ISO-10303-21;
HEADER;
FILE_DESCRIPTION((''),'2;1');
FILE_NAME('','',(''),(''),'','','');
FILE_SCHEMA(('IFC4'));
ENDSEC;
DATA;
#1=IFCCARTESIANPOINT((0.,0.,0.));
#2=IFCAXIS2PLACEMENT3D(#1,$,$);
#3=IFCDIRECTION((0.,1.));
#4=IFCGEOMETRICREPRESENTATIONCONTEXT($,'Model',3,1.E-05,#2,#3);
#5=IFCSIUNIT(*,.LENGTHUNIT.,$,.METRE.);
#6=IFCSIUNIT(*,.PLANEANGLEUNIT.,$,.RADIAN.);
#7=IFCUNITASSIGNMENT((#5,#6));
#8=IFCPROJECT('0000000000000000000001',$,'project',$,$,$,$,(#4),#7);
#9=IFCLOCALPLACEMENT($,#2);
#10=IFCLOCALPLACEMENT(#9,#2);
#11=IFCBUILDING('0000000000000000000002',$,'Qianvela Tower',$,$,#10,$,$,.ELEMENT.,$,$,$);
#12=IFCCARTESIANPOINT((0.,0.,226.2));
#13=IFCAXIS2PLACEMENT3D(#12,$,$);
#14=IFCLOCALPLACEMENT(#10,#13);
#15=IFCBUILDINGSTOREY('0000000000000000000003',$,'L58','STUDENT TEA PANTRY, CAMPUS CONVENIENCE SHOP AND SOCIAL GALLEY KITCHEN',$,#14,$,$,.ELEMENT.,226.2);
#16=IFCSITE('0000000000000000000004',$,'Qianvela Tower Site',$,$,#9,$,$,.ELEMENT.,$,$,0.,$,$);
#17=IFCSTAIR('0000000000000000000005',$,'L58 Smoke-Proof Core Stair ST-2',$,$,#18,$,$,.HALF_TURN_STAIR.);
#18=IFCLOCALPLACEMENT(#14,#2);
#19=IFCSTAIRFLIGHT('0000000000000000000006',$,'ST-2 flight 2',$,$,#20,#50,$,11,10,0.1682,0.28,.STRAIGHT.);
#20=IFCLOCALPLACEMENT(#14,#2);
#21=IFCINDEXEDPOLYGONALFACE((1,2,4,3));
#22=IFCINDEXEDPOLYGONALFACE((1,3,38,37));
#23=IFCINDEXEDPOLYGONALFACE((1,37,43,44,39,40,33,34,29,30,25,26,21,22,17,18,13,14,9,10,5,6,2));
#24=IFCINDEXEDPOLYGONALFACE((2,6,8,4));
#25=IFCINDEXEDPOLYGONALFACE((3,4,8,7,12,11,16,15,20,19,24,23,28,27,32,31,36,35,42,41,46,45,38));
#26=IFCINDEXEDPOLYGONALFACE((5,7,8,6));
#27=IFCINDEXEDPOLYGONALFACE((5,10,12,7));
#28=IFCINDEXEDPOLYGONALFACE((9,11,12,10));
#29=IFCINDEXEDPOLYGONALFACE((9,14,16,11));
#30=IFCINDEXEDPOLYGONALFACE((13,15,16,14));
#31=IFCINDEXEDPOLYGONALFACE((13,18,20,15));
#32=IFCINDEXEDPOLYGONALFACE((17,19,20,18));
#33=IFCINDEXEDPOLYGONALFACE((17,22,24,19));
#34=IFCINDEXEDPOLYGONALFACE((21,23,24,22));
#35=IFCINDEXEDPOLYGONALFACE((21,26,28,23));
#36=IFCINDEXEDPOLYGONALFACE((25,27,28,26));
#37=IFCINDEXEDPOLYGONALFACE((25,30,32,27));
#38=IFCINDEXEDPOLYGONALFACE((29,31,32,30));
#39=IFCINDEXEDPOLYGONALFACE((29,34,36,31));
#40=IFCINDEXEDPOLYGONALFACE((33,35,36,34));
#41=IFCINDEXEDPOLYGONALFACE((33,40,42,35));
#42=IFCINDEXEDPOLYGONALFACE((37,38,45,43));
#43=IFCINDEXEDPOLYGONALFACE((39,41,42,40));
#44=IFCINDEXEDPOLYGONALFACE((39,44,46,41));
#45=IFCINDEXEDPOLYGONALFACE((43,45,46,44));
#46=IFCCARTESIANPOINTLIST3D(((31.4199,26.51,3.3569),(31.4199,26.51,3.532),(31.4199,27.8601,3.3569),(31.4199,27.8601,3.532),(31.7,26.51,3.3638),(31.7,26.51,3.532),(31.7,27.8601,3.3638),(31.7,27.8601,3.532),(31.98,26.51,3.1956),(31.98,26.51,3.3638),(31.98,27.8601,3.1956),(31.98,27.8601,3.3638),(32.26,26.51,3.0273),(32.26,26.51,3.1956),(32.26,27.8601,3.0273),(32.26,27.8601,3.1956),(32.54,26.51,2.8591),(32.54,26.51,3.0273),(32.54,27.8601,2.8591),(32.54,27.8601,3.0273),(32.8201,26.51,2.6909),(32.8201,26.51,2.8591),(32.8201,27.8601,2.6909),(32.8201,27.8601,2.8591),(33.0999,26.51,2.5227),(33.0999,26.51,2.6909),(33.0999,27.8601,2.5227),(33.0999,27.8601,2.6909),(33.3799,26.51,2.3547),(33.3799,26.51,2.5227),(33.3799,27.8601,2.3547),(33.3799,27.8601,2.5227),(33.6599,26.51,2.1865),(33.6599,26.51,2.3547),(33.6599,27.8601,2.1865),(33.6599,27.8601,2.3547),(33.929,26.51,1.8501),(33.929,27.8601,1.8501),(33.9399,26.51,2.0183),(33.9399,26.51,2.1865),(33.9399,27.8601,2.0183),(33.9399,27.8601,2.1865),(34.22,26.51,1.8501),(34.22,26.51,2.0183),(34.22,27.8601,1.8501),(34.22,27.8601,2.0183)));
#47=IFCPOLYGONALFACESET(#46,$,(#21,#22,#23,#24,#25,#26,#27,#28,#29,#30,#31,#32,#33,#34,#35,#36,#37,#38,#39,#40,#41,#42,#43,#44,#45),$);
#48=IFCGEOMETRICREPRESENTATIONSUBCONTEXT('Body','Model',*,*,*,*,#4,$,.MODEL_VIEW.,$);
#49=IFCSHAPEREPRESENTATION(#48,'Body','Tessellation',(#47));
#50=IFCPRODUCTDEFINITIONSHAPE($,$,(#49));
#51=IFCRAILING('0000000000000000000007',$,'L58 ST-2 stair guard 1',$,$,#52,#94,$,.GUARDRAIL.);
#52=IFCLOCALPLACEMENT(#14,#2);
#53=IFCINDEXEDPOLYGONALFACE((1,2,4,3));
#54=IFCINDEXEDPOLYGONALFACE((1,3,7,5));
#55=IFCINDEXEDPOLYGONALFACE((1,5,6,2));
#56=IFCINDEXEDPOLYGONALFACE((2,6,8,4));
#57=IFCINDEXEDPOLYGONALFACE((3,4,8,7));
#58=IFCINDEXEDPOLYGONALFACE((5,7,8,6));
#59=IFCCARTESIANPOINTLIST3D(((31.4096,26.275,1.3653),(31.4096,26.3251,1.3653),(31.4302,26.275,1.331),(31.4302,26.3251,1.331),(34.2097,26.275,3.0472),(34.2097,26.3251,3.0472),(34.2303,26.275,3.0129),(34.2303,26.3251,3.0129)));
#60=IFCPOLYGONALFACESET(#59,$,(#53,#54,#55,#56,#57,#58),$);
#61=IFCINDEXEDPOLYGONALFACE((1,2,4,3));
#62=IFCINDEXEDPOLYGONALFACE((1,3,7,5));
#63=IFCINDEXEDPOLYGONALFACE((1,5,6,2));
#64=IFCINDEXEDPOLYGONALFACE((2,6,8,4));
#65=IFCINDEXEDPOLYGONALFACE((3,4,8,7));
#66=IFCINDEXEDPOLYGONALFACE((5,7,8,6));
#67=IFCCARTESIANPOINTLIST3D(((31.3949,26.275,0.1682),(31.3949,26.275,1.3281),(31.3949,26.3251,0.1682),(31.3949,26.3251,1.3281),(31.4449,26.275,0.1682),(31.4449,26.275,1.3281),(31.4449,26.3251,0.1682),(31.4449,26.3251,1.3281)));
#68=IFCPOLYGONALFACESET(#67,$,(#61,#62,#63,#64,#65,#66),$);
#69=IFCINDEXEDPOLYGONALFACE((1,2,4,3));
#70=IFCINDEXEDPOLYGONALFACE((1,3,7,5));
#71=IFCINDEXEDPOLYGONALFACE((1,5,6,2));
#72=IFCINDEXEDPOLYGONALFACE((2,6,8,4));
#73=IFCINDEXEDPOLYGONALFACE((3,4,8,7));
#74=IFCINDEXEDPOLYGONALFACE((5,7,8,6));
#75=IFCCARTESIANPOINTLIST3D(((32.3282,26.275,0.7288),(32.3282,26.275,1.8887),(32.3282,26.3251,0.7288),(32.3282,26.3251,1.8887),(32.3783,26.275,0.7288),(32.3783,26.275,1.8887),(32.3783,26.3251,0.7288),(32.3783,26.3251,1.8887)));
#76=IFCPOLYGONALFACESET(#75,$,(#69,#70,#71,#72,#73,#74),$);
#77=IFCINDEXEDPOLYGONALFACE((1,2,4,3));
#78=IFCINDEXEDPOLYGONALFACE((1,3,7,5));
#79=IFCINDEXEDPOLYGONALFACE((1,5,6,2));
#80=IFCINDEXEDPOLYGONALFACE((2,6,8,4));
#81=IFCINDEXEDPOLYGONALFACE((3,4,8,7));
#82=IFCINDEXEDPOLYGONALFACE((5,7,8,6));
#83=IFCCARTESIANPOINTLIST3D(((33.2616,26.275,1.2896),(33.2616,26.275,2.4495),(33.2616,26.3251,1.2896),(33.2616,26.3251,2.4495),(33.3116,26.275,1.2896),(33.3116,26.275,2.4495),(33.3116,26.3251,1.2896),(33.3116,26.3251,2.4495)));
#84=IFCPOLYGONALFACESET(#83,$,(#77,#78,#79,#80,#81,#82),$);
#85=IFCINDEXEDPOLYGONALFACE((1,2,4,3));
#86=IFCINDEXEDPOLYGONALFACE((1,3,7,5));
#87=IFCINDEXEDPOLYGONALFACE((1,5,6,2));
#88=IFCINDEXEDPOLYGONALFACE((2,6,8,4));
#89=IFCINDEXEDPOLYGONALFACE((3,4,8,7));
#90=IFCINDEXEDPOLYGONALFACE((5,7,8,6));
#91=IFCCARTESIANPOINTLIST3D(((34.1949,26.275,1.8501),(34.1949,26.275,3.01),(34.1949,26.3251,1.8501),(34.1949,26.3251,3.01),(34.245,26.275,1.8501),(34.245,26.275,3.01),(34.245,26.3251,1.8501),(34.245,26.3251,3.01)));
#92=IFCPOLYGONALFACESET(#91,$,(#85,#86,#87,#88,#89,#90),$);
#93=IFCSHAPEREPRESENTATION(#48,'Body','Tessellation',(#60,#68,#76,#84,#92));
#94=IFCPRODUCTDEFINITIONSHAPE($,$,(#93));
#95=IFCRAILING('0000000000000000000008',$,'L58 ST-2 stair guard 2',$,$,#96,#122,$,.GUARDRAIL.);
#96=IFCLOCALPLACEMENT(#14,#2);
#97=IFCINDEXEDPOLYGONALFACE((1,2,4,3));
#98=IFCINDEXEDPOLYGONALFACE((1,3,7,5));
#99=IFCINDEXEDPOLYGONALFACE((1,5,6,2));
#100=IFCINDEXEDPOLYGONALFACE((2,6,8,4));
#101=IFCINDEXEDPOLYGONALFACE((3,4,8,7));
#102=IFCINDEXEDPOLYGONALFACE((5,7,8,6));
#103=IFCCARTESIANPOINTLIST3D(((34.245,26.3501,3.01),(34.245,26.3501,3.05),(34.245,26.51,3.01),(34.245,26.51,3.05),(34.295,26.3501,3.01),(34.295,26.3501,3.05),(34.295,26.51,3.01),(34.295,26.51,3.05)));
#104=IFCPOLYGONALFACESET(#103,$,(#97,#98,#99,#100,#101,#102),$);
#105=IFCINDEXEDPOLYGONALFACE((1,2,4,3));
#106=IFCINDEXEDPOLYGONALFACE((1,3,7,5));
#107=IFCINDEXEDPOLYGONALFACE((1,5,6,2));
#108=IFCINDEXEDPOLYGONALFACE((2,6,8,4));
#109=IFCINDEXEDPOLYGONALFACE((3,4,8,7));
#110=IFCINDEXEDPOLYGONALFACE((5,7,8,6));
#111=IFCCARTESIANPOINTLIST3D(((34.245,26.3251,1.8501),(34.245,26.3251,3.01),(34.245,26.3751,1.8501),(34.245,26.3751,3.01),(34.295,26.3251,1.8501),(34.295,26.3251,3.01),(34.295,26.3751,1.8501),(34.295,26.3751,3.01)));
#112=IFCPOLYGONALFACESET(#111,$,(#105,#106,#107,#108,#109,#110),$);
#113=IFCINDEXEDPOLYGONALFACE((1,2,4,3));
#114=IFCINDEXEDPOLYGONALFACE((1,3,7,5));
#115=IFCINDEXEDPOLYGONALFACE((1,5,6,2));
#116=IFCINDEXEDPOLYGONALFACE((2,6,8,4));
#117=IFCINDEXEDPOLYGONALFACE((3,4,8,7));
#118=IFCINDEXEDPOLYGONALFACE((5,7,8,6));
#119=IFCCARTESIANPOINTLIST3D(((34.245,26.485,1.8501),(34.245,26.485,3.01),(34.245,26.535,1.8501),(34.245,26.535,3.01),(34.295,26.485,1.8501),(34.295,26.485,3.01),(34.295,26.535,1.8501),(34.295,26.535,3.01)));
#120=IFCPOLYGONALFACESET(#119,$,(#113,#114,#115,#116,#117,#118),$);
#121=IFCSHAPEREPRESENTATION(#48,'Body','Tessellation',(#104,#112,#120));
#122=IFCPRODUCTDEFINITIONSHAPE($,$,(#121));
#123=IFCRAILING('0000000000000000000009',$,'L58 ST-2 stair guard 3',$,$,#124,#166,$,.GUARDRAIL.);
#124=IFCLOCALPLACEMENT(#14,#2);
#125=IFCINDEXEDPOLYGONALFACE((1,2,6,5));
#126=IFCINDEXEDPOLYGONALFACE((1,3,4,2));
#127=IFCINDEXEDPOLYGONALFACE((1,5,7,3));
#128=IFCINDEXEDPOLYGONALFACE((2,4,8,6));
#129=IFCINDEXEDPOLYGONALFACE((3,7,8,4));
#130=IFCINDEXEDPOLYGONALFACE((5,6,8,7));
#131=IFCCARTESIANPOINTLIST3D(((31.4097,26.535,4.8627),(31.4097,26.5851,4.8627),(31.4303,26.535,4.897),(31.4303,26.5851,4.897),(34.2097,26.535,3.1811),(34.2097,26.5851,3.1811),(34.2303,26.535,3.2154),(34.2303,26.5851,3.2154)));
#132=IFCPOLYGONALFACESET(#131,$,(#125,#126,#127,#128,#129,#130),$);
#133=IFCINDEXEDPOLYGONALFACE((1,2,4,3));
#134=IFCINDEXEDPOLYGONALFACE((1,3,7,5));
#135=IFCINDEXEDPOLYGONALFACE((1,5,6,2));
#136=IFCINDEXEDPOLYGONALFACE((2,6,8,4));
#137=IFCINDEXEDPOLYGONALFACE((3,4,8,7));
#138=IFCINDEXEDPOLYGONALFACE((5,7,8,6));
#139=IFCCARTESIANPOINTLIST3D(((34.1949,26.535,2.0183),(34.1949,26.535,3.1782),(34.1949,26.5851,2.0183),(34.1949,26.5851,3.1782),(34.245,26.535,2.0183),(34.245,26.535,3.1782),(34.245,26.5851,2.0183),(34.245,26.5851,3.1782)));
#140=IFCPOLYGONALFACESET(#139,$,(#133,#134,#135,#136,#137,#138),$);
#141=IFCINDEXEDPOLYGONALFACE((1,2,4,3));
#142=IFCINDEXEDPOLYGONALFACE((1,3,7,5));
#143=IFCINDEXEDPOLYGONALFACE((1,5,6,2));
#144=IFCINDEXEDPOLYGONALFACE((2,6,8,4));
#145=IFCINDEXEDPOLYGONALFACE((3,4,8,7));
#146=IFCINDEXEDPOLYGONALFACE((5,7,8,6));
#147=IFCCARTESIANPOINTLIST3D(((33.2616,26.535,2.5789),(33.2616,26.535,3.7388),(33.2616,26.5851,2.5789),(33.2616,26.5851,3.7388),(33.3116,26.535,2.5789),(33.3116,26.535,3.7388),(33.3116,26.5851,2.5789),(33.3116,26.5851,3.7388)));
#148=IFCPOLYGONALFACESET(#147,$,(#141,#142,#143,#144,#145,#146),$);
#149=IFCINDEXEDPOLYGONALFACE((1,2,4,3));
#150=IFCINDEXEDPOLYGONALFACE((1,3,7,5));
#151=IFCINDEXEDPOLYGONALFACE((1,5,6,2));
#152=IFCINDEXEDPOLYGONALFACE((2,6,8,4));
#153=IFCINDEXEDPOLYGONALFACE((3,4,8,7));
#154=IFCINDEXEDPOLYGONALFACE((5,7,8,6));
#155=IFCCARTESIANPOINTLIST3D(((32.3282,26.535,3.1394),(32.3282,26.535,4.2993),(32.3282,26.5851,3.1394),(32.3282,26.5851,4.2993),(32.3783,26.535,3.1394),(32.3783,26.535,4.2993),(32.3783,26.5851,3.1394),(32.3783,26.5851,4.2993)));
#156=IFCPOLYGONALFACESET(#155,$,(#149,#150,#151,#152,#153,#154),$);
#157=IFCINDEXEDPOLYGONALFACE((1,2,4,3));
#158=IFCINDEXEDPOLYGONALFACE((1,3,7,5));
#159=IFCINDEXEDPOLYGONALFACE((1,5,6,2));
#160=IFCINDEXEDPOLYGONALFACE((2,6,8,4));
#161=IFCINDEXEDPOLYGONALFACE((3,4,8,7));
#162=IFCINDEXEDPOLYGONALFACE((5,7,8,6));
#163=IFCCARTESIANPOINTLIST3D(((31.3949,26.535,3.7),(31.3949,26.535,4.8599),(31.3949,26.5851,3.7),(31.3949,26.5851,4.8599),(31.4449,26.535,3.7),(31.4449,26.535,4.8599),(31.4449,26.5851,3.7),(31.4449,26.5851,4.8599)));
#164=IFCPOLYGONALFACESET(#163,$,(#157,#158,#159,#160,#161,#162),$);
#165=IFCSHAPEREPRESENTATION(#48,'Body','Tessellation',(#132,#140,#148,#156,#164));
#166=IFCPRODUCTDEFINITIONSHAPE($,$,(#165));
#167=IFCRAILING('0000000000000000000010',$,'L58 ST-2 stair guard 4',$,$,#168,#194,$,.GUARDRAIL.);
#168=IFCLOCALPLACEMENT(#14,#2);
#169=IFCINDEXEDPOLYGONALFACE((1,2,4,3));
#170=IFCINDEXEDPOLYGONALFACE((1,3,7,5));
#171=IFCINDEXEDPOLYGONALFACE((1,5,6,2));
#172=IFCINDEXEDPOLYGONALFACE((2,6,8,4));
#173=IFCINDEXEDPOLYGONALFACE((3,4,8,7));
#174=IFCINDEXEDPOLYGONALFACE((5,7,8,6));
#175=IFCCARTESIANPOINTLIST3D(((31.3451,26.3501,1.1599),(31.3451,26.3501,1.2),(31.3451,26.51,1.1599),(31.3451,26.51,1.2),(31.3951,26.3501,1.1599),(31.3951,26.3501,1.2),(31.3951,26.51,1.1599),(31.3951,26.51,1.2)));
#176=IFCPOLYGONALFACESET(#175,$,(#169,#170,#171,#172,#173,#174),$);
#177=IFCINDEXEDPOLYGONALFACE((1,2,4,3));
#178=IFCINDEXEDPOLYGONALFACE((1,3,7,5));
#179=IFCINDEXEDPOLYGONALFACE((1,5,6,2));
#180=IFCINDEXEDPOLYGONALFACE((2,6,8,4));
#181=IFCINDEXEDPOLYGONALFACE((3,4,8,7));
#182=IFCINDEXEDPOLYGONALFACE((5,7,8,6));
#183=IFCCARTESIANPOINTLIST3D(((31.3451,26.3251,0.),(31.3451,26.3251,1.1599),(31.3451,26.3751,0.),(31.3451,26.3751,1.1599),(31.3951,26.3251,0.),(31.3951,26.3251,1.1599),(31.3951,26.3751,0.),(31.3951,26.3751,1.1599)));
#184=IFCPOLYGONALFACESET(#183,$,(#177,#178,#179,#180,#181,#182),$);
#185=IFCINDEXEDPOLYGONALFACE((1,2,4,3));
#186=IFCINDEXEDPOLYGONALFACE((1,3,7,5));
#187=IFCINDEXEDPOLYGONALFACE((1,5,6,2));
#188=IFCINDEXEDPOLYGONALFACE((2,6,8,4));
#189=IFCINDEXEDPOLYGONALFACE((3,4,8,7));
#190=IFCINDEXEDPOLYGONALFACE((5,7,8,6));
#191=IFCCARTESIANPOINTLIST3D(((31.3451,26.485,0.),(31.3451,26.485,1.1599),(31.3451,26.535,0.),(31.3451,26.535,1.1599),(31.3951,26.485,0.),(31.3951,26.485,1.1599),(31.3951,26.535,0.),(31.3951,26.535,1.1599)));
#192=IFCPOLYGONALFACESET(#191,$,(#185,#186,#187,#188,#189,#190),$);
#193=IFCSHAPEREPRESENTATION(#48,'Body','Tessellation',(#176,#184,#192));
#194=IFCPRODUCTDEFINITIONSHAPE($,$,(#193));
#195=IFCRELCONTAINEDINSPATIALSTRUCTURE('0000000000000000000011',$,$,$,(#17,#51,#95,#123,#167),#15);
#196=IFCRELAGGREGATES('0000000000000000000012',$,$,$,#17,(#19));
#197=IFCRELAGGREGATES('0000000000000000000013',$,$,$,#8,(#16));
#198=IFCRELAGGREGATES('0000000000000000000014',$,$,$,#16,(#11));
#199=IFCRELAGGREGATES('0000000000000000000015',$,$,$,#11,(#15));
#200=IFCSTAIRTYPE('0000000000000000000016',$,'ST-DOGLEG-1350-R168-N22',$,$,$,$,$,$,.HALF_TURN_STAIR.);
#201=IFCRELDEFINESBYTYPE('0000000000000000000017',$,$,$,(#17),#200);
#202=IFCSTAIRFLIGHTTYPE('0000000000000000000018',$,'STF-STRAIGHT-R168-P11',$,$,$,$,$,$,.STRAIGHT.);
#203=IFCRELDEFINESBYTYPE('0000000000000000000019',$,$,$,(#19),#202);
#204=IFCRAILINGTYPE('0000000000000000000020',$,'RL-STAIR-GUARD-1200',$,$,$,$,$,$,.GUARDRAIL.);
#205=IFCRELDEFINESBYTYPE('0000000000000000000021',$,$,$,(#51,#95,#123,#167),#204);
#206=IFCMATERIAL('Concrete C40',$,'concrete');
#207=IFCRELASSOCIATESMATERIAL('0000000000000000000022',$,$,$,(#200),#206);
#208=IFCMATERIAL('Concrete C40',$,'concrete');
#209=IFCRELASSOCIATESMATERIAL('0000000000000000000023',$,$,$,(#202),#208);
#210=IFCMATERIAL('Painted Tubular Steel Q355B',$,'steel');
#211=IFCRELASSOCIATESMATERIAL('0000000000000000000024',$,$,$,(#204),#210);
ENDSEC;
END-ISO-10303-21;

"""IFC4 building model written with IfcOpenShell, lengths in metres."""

from ifc_helpers import new_model, si_unit, direction, frame, origin, origin_2d, place, context, subcontext, project, spatial, polyline, rectangle, outline, extrude, material, type_object, element, aggregate, save


model = new_model("IFC4")

# Units and contexts
model_context = context("Model", 3, precision=1e-05, world=origin(), true_north=direction((0.0, 1.0)))
body_context = subcontext(model_context, "Body", "Model", "MODEL_VIEW")
ifc_project = project(units=[si_unit("LENGTHUNIT", "METRE"), si_unit("PLANEANGLEUNIT", "RADIAN")], contexts=[model_context])

# Site, building, storey
site_placement = place(None, origin())
site = spatial("IfcSite", under=ifc_project, at=site_placement, Name="Qianvela Tower Site", CompositionType="ELEMENT", RefElevation=0.0)
building_placement = place(site_placement, origin())
building = spatial("IfcBuilding", under=site, at=building_placement, Name="Qianvela Tower", CompositionType="ELEMENT")
storey_placement = place(building_placement, frame((0.0, 0.0, 226.2)))
storey = spatial("IfcBuildingStorey", under=building, at=storey_placement, Name="L58", Description="STUDENT TEA PANTRY, CAMPUS CONVENIENCE SHOP AND SOCIAL GALLEY KITCHEN", CompositionType="ELEMENT", Elevation=226.2)

# Stair, stair flight
ifc_material_1 = material(Name="Concrete C40", Category="concrete")
stair_type = type_object("IfcStairType", Name="ST-DOGLEG-1350-R168-N22", PredefinedType="HALF_TURN_STAIR", material=ifc_material_1)
stair_placement = place(storey_placement, origin())
stair = element("IfcStair", 1, at=stair_placement, inside=storey, type_object=stair_type, Name="L58 Smoke-Proof Core Stair ST-2", PredefinedType="HALF_TURN_STAIR")
ifc_material_2 = material(Name="Concrete C40", Category="concrete")
stair_flight_type = type_object("IfcStairFlightType", Name="STF-STRAIGHT-R168-P11", PredefinedType="STRAIGHT", material=ifc_material_2)
stair_flight_1_placement = place(storey_placement, frame((34.22, 27.1851, 1.8501), z_axis=(0.0, 0.0, 1.0), x_axis=(-1.0, 0.0, 0.0)))
stair_flight_1 = element("IfcStairFlight", 2, at=stair_flight_1_placement, type_object=stair_flight_type, Name="ST-2 flight 2", NumberOfRisers=11, NumberOfTreads=10, PredefinedType="STRAIGHT", RiserHeight=0.1682, TreadLength=0.28, context=body_context, shape_type="SweptSolid", body=[
    extrude(outline(polyline([(0.0, 0.0), (0.0, 0.1682), (0.28, 0.1682), (0.28, 0.3364), (0.5601, 0.3364), (0.5601, 0.5046), (0.8401, 0.5046), (0.8401, 0.6726), (1.1201, 0.6726), (1.1201, 0.8408), (1.3999, 0.8408), (1.3999, 1.009), (1.6799, 1.009), (1.6799, 1.1772), (1.96, 1.1772), (1.96, 1.3455), (2.24, 1.3455), (2.24, 1.5137), (2.52, 1.5137), (2.52, 1.6819), (2.8, 1.6819), (2.8, 1.8501), (2.8, 1.5068), (0.291, 0.0), (0.0, 0.0)])), frame((0.0, 0.675, 0.0), z_axis=(0.0, -1.0, 0.0), x_axis=(1.0, 0.0, 0.0)), (0.0, 0.0, 1.0), 1.3501),
])
aggregate(stair, [stair_flight_1])

# Railings
ifc_material_3 = material(Name="Painted Tubular Steel Q355B", Category="steel")
railing_type_1 = type_object("IfcRailingType", Name="RL-STAIR-GUARD-1200", PredefinedType="GUARDRAIL", material=ifc_material_3)
railing_1_placement = place(storey_placement, frame((31.4199, 26.3, 0.1682)))
element("IfcRailing", 3, at=railing_1_placement, inside=storey, type_object=railing_type_1, Name="L58 ST-2 stair guard 1", PredefinedType="GUARDRAIL", context=body_context, shape_type="SweptSolid", body=[
    extrude(rectangle(XDim=0.05, YDim=0.04, at=origin_2d()), frame((0.0, 0.0, 1.1799), z_axis=(0.857242, 0.0, 0.514913), x_axis=(0.0, 1.0, 0.0)), (0.0, 0.0, 1.0), 3.2664),
    extrude(rectangle(XDim=0.05, YDim=0.05, at=origin_2d()), origin(), (0.0, 0.0, 1.0), 1.1599),
    extrude(rectangle(XDim=0.05, YDim=0.05, at=origin_2d()), frame((0.9333, 0.0, 0.5605)), (0.0, 0.0, 1.0), 1.1599),
    extrude(rectangle(XDim=0.05, YDim=0.05, at=origin_2d()), frame((1.8667, 0.0, 1.1213)), (0.0, 0.0, 1.0), 1.1599),
    extrude(rectangle(XDim=0.05, YDim=0.05, at=origin_2d()), frame((2.8, 0.0, 1.6819)), (0.0, 0.0, 1.0), 1.1599),
])
railing_2_placement = place(storey_placement, frame((34.27, 26.3501, 1.8501)))
element("IfcRailing", 4, at=railing_2_placement, inside=storey, type_object=railing_type_1, Name="L58 ST-2 stair guard 2", PredefinedType="GUARDRAIL", context=body_context, shape_type="SweptSolid", body=[
    extrude(rectangle(XDim=0.05, YDim=0.04, at=origin_2d()), frame((0.0, 0.0, 1.1799), z_axis=(0.0, 1.0, 0.0), x_axis=(-1.0, 0.0, 0.0)), (0.0, 0.0, 1.0), 0.1599),
    extrude(rectangle(XDim=0.05, YDim=0.05, at=origin_2d()), origin(), (0.0, 0.0, 1.0), 1.1599),
    extrude(rectangle(XDim=0.05, YDim=0.05, at=origin_2d()), frame((0.0, 0.1599, 0.0)), (0.0, 0.0, 1.0), 1.1599),
])
railing_3_placement = place(storey_placement, frame((34.22, 26.5601, 2.0183)))
element("IfcRailing", 5, at=railing_3_placement, inside=storey, type_object=railing_type_1, Name="L58 ST-2 stair guard 3", PredefinedType="GUARDRAIL", context=body_context, shape_type="SweptSolid", body=[
    extrude(rectangle(XDim=0.05, YDim=0.04, at=origin_2d()), frame((0.0, 0.0, 1.1799), z_axis=(-0.857275, 0.0, 0.514858), x_axis=(0.0, -1.0, 0.0)), (0.0, 0.0, 1.0), 3.2661),
    extrude(rectangle(XDim=0.05, YDim=0.05, at=origin_2d()), origin(), (0.0, 0.0, 1.0), 1.1599),
    extrude(rectangle(XDim=0.05, YDim=0.05, at=origin_2d()), frame((-0.9333, 0.0, 0.5605)), (0.0, 0.0, 1.0), 1.1599),
    extrude(rectangle(XDim=0.05, YDim=0.05, at=origin_2d()), frame((-1.8667, 0.0, 1.1211)), (0.0, 0.0, 1.0), 1.1599),
    extrude(rectangle(XDim=0.05, YDim=0.05, at=origin_2d()), frame((-2.8, 0.0, 1.6816)), (0.0, 0.0, 1.0), 1.1599),
])
railing_4_placement = place(storey_placement, frame((31.3701, 26.3501, 0.0)))
element("IfcRailing", 6, at=railing_4_placement, inside=storey, type_object=railing_type_1, Name="L58 ST-2 stair guard 4", PredefinedType="GUARDRAIL", context=body_context, shape_type="SweptSolid", body=[
    extrude(rectangle(XDim=0.05, YDim=0.04, at=origin_2d()), frame((0.0, 0.0, 1.1799), z_axis=(0.0, 1.0, 0.0), x_axis=(-1.0, 0.0, 0.0)), (0.0, 0.0, 1.0), 0.1599),
    extrude(rectangle(XDim=0.05, YDim=0.05, at=origin_2d()), origin(), (0.0, 0.0, 1.0), 1.1599),
    extrude(rectangle(XDim=0.05, YDim=0.05, at=origin_2d()), frame((0.0, 0.1599, 0.0)), (0.0, 0.0, 1.0), 1.1599),
])

save(model, "model.ifc")
